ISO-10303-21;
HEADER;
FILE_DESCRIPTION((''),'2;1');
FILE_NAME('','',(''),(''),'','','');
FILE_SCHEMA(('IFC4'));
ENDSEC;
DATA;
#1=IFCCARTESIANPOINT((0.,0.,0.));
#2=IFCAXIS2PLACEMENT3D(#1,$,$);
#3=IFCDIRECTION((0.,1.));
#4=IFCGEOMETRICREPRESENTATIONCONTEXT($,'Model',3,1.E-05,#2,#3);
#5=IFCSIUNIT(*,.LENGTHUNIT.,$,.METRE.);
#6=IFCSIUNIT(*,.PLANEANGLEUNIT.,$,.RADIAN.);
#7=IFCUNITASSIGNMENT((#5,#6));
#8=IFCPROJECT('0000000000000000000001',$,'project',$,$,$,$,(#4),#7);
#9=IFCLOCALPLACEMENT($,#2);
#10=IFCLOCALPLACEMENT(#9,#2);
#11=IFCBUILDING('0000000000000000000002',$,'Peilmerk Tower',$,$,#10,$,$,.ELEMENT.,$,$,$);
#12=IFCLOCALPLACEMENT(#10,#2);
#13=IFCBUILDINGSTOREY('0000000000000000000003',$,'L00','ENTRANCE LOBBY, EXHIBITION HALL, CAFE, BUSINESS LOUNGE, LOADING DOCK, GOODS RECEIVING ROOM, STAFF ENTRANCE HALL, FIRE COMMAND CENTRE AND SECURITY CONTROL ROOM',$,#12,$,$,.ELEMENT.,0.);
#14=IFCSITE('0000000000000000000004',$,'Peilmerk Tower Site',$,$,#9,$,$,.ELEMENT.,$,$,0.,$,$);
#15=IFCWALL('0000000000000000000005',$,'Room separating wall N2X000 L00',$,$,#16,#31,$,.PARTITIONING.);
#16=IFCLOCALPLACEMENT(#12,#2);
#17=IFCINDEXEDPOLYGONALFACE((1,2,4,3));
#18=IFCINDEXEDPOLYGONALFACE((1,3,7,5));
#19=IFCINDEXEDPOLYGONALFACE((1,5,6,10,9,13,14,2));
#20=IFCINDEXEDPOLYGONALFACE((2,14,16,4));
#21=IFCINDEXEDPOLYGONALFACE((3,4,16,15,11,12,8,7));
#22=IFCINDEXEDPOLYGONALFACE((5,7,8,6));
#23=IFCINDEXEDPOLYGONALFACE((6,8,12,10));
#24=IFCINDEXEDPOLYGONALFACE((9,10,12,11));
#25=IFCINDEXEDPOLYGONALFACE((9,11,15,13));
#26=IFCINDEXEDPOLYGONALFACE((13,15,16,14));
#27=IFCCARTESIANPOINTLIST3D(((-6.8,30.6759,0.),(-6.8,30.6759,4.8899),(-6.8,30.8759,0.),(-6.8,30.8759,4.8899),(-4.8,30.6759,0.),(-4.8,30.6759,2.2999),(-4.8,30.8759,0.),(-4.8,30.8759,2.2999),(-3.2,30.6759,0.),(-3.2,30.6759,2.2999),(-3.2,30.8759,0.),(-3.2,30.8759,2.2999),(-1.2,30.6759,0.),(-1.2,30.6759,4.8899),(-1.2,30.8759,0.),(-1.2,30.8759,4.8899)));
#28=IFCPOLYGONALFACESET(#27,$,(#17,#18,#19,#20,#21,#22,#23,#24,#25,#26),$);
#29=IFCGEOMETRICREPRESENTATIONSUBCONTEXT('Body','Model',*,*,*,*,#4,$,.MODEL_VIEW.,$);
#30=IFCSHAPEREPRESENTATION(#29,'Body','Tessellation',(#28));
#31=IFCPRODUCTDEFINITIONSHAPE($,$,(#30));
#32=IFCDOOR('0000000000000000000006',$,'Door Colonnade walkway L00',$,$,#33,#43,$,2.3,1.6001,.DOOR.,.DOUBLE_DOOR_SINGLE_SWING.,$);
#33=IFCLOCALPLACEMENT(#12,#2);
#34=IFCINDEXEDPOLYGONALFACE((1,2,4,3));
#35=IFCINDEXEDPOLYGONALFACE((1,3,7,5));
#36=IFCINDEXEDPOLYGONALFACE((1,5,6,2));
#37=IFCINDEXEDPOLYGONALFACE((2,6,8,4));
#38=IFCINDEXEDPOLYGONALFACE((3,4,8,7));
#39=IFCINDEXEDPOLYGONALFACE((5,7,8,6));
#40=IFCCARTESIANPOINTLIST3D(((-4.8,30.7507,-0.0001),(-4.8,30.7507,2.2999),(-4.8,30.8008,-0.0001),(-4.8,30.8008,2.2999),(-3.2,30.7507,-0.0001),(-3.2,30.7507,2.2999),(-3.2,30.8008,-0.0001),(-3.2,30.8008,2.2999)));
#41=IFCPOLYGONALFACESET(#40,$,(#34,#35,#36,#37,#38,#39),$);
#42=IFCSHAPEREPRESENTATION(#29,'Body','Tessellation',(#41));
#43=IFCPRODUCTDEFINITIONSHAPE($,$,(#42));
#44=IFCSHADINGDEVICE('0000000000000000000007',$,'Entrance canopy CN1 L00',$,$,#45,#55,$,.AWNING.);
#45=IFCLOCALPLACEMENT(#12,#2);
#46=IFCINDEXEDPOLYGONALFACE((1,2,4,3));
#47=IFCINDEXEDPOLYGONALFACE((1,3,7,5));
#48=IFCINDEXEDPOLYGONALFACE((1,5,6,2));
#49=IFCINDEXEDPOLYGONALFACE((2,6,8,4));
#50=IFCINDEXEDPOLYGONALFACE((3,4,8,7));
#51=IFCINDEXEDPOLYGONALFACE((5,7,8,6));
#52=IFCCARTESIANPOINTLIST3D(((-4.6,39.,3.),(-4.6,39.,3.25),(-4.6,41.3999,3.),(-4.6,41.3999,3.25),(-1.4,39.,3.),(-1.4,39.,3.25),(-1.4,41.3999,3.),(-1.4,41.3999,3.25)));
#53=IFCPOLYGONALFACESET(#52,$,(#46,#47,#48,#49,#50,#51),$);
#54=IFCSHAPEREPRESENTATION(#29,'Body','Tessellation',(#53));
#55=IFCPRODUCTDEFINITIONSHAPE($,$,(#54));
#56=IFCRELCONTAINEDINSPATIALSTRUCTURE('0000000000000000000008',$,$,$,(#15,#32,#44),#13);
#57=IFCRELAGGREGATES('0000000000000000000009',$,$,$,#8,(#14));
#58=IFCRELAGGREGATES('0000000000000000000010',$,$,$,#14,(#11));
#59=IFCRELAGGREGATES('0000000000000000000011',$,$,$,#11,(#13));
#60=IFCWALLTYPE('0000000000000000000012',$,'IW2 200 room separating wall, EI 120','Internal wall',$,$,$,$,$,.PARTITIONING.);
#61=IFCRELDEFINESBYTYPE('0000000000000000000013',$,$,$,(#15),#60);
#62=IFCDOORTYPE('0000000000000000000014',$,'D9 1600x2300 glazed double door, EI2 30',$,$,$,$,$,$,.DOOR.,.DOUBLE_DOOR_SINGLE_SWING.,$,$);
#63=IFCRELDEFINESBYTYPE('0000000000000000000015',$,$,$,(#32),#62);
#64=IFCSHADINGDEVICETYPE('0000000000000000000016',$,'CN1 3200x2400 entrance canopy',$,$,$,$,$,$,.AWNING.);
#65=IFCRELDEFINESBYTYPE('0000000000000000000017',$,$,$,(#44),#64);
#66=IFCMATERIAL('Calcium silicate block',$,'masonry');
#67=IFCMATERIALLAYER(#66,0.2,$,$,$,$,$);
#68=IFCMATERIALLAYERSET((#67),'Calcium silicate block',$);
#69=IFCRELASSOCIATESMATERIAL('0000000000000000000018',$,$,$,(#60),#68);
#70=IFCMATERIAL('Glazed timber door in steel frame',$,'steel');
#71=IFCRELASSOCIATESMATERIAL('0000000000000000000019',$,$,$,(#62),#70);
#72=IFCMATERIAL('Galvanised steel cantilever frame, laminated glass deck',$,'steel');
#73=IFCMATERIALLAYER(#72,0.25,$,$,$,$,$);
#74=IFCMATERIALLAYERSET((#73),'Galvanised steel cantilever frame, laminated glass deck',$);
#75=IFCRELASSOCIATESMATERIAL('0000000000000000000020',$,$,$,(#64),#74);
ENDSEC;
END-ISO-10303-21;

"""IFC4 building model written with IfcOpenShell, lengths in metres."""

from ifc_helpers import new_model, si_unit, direction, frame, frame_2d, origin, origin_2d, place, context, subcontext, project, spatial, rectangle, extrude, material, layer, layer_set, type_object, element, fill, save


model = new_model("IFC4")

# Units and contexts
model_context = context("Model", 3, precision=1e-05, world=origin(), true_north=direction((0.0, 1.0)))
body_context = subcontext(model_context, "Body", "Model", "MODEL_VIEW")
ifc_project = project(units=[si_unit("LENGTHUNIT", "METRE"), si_unit("PLANEANGLEUNIT", "RADIAN")], contexts=[model_context])

# Site, building, storey
site_placement = place(None, origin())
site = spatial("IfcSite", under=ifc_project, at=site_placement, Name="Peilmerk Tower Site", CompositionType="ELEMENT", RefElevation=0.0)
building_placement = place(site_placement, origin())
building = spatial("IfcBuilding", under=site, at=building_placement, Name="Peilmerk Tower", CompositionType="ELEMENT")
storey_placement = place(building_placement, origin())
storey = spatial("IfcBuildingStorey", under=building, at=storey_placement, Name="L00", Description="ENTRANCE LOBBY, EXHIBITION HALL, CAFE, BUSINESS LOUNGE, LOADING DOCK, GOODS RECEIVING ROOM, STAFF ENTRANCE HALL, FIRE COMMAND CENTRE AND SECURITY CONTROL ROOM", CompositionType="ELEMENT", Elevation=0.0)

# Shared definitions
ifc_material_1 = material(Name="Calcium silicate block", Category="masonry")

# Shared definitions
ifc_layer_1 = layer(ifc_material_1, 0.2)
ifc_layer_set_1 = layer_set([ifc_layer_1], Name="Calcium silicate block")
wall_type_1 = type_object("IfcWallType", Name="IW2 200 room separating wall, EI 120", Description="Internal wall", PredefinedType="PARTITIONING", material=ifc_layer_set_1)

# Wall, opening, door
wall_1_placement = place(storey_placement, frame((-6.8, 30.7759, 0.0), z_axis=(0.0, 0.0, 1.0), x_axis=(1.0, 0.0, 0.0)))
wall_1 = element("IfcWall", 1, at=wall_1_placement, inside=storey, type_object=wall_type_1, Name="Room separating wall N2X000 L00", PredefinedType="PARTITIONING", context=body_context, shape_type="SweptSolid", body=[
    extrude(rectangle(XDim=5.6001, YDim=0.2, at=frame_2d((2.8, 0.0))), origin(), (0.0, 0.0, 1.0), 4.8899),
])
opening_1_placement = place(wall_1_placement, frame((2.0, 0.0, 0.0)))
opening_1 = element("IfcOpeningElement", 2, at=opening_1_placement, cuts=wall_1, PredefinedType="OPENING", context=body_context, shape_type="SweptSolid", body=[
    extrude(rectangle(XDim=1.6001, YDim=2.3, at=frame_2d((0.8, 1.1499))), frame((0.0, 0.1099, 0.0), z_axis=(0.0, -1.0, 0.0), x_axis=(1.0, 0.0, 0.0)), (0.0, 0.0, 1.0), 0.22),
])
ifc_material_2 = material(Name="Glazed timber door in steel frame", Category="steel")
door_type_1 = type_object("IfcDoorType", Name="D9 1600x2300 glazed double door, EI2 30", OperationType="DOUBLE_DOOR_SINGLE_SWING", PredefinedType="DOOR", material=ifc_material_2)
door_1_placement = place(opening_1_placement, origin())
door_1 = element("IfcDoor", 3, at=door_1_placement, inside=storey, type_object=door_type_1, Name="Door Colonnade walkway L00", OperationType="DOUBLE_DOOR_SINGLE_SWING", OverallHeight=2.3, OverallWidth=1.6001, PredefinedType="DOOR", context=body_context, shape_type="SweptSolid", body=[
    extrude(rectangle(XDim=1.6001, YDim=2.3, at=frame_2d((0.8, 1.1499))), frame((0.0, 0.0249, 0.0), z_axis=(0.0, -1.0, 0.0), x_axis=(1.0, 0.0, 0.0)), (0.0, 0.0, 1.0), 0.05),
])
fill(opening_1, door_1)

# Shading device
ifc_material_3 = material(Name="Galvanised steel cantilever frame, laminated glass deck", Category="steel")
ifc_layer_2 = layer(ifc_material_3, 0.25)
ifc_layer_set_2 = layer_set([ifc_layer_2], Name="Galvanised steel cantilever frame, laminated glass deck")
shading_device_type = type_object("IfcShadingDeviceType", Name="CN1 3200x2400 entrance canopy", PredefinedType="AWNING", material=ifc_layer_set_2)
shading_device_placement = place(storey_placement, frame((-3.0, 40.2, 3.0), z_axis=(0.0, 0.0, 1.0), x_axis=(1.0, 0.0, 0.0)))
element("IfcShadingDevice", 4, at=shading_device_placement, inside=storey, type_object=shading_device_type, Name="Entrance canopy CN1 L00", PredefinedType="AWNING", context=body_context, shape_type="SweptSolid", body=[
    extrude(rectangle(XDim=3.2, YDim=2.3999, at=origin_2d()), origin(), (0.0, 0.0, 1.0), 0.25),
])

save(model, "model.ifc")
